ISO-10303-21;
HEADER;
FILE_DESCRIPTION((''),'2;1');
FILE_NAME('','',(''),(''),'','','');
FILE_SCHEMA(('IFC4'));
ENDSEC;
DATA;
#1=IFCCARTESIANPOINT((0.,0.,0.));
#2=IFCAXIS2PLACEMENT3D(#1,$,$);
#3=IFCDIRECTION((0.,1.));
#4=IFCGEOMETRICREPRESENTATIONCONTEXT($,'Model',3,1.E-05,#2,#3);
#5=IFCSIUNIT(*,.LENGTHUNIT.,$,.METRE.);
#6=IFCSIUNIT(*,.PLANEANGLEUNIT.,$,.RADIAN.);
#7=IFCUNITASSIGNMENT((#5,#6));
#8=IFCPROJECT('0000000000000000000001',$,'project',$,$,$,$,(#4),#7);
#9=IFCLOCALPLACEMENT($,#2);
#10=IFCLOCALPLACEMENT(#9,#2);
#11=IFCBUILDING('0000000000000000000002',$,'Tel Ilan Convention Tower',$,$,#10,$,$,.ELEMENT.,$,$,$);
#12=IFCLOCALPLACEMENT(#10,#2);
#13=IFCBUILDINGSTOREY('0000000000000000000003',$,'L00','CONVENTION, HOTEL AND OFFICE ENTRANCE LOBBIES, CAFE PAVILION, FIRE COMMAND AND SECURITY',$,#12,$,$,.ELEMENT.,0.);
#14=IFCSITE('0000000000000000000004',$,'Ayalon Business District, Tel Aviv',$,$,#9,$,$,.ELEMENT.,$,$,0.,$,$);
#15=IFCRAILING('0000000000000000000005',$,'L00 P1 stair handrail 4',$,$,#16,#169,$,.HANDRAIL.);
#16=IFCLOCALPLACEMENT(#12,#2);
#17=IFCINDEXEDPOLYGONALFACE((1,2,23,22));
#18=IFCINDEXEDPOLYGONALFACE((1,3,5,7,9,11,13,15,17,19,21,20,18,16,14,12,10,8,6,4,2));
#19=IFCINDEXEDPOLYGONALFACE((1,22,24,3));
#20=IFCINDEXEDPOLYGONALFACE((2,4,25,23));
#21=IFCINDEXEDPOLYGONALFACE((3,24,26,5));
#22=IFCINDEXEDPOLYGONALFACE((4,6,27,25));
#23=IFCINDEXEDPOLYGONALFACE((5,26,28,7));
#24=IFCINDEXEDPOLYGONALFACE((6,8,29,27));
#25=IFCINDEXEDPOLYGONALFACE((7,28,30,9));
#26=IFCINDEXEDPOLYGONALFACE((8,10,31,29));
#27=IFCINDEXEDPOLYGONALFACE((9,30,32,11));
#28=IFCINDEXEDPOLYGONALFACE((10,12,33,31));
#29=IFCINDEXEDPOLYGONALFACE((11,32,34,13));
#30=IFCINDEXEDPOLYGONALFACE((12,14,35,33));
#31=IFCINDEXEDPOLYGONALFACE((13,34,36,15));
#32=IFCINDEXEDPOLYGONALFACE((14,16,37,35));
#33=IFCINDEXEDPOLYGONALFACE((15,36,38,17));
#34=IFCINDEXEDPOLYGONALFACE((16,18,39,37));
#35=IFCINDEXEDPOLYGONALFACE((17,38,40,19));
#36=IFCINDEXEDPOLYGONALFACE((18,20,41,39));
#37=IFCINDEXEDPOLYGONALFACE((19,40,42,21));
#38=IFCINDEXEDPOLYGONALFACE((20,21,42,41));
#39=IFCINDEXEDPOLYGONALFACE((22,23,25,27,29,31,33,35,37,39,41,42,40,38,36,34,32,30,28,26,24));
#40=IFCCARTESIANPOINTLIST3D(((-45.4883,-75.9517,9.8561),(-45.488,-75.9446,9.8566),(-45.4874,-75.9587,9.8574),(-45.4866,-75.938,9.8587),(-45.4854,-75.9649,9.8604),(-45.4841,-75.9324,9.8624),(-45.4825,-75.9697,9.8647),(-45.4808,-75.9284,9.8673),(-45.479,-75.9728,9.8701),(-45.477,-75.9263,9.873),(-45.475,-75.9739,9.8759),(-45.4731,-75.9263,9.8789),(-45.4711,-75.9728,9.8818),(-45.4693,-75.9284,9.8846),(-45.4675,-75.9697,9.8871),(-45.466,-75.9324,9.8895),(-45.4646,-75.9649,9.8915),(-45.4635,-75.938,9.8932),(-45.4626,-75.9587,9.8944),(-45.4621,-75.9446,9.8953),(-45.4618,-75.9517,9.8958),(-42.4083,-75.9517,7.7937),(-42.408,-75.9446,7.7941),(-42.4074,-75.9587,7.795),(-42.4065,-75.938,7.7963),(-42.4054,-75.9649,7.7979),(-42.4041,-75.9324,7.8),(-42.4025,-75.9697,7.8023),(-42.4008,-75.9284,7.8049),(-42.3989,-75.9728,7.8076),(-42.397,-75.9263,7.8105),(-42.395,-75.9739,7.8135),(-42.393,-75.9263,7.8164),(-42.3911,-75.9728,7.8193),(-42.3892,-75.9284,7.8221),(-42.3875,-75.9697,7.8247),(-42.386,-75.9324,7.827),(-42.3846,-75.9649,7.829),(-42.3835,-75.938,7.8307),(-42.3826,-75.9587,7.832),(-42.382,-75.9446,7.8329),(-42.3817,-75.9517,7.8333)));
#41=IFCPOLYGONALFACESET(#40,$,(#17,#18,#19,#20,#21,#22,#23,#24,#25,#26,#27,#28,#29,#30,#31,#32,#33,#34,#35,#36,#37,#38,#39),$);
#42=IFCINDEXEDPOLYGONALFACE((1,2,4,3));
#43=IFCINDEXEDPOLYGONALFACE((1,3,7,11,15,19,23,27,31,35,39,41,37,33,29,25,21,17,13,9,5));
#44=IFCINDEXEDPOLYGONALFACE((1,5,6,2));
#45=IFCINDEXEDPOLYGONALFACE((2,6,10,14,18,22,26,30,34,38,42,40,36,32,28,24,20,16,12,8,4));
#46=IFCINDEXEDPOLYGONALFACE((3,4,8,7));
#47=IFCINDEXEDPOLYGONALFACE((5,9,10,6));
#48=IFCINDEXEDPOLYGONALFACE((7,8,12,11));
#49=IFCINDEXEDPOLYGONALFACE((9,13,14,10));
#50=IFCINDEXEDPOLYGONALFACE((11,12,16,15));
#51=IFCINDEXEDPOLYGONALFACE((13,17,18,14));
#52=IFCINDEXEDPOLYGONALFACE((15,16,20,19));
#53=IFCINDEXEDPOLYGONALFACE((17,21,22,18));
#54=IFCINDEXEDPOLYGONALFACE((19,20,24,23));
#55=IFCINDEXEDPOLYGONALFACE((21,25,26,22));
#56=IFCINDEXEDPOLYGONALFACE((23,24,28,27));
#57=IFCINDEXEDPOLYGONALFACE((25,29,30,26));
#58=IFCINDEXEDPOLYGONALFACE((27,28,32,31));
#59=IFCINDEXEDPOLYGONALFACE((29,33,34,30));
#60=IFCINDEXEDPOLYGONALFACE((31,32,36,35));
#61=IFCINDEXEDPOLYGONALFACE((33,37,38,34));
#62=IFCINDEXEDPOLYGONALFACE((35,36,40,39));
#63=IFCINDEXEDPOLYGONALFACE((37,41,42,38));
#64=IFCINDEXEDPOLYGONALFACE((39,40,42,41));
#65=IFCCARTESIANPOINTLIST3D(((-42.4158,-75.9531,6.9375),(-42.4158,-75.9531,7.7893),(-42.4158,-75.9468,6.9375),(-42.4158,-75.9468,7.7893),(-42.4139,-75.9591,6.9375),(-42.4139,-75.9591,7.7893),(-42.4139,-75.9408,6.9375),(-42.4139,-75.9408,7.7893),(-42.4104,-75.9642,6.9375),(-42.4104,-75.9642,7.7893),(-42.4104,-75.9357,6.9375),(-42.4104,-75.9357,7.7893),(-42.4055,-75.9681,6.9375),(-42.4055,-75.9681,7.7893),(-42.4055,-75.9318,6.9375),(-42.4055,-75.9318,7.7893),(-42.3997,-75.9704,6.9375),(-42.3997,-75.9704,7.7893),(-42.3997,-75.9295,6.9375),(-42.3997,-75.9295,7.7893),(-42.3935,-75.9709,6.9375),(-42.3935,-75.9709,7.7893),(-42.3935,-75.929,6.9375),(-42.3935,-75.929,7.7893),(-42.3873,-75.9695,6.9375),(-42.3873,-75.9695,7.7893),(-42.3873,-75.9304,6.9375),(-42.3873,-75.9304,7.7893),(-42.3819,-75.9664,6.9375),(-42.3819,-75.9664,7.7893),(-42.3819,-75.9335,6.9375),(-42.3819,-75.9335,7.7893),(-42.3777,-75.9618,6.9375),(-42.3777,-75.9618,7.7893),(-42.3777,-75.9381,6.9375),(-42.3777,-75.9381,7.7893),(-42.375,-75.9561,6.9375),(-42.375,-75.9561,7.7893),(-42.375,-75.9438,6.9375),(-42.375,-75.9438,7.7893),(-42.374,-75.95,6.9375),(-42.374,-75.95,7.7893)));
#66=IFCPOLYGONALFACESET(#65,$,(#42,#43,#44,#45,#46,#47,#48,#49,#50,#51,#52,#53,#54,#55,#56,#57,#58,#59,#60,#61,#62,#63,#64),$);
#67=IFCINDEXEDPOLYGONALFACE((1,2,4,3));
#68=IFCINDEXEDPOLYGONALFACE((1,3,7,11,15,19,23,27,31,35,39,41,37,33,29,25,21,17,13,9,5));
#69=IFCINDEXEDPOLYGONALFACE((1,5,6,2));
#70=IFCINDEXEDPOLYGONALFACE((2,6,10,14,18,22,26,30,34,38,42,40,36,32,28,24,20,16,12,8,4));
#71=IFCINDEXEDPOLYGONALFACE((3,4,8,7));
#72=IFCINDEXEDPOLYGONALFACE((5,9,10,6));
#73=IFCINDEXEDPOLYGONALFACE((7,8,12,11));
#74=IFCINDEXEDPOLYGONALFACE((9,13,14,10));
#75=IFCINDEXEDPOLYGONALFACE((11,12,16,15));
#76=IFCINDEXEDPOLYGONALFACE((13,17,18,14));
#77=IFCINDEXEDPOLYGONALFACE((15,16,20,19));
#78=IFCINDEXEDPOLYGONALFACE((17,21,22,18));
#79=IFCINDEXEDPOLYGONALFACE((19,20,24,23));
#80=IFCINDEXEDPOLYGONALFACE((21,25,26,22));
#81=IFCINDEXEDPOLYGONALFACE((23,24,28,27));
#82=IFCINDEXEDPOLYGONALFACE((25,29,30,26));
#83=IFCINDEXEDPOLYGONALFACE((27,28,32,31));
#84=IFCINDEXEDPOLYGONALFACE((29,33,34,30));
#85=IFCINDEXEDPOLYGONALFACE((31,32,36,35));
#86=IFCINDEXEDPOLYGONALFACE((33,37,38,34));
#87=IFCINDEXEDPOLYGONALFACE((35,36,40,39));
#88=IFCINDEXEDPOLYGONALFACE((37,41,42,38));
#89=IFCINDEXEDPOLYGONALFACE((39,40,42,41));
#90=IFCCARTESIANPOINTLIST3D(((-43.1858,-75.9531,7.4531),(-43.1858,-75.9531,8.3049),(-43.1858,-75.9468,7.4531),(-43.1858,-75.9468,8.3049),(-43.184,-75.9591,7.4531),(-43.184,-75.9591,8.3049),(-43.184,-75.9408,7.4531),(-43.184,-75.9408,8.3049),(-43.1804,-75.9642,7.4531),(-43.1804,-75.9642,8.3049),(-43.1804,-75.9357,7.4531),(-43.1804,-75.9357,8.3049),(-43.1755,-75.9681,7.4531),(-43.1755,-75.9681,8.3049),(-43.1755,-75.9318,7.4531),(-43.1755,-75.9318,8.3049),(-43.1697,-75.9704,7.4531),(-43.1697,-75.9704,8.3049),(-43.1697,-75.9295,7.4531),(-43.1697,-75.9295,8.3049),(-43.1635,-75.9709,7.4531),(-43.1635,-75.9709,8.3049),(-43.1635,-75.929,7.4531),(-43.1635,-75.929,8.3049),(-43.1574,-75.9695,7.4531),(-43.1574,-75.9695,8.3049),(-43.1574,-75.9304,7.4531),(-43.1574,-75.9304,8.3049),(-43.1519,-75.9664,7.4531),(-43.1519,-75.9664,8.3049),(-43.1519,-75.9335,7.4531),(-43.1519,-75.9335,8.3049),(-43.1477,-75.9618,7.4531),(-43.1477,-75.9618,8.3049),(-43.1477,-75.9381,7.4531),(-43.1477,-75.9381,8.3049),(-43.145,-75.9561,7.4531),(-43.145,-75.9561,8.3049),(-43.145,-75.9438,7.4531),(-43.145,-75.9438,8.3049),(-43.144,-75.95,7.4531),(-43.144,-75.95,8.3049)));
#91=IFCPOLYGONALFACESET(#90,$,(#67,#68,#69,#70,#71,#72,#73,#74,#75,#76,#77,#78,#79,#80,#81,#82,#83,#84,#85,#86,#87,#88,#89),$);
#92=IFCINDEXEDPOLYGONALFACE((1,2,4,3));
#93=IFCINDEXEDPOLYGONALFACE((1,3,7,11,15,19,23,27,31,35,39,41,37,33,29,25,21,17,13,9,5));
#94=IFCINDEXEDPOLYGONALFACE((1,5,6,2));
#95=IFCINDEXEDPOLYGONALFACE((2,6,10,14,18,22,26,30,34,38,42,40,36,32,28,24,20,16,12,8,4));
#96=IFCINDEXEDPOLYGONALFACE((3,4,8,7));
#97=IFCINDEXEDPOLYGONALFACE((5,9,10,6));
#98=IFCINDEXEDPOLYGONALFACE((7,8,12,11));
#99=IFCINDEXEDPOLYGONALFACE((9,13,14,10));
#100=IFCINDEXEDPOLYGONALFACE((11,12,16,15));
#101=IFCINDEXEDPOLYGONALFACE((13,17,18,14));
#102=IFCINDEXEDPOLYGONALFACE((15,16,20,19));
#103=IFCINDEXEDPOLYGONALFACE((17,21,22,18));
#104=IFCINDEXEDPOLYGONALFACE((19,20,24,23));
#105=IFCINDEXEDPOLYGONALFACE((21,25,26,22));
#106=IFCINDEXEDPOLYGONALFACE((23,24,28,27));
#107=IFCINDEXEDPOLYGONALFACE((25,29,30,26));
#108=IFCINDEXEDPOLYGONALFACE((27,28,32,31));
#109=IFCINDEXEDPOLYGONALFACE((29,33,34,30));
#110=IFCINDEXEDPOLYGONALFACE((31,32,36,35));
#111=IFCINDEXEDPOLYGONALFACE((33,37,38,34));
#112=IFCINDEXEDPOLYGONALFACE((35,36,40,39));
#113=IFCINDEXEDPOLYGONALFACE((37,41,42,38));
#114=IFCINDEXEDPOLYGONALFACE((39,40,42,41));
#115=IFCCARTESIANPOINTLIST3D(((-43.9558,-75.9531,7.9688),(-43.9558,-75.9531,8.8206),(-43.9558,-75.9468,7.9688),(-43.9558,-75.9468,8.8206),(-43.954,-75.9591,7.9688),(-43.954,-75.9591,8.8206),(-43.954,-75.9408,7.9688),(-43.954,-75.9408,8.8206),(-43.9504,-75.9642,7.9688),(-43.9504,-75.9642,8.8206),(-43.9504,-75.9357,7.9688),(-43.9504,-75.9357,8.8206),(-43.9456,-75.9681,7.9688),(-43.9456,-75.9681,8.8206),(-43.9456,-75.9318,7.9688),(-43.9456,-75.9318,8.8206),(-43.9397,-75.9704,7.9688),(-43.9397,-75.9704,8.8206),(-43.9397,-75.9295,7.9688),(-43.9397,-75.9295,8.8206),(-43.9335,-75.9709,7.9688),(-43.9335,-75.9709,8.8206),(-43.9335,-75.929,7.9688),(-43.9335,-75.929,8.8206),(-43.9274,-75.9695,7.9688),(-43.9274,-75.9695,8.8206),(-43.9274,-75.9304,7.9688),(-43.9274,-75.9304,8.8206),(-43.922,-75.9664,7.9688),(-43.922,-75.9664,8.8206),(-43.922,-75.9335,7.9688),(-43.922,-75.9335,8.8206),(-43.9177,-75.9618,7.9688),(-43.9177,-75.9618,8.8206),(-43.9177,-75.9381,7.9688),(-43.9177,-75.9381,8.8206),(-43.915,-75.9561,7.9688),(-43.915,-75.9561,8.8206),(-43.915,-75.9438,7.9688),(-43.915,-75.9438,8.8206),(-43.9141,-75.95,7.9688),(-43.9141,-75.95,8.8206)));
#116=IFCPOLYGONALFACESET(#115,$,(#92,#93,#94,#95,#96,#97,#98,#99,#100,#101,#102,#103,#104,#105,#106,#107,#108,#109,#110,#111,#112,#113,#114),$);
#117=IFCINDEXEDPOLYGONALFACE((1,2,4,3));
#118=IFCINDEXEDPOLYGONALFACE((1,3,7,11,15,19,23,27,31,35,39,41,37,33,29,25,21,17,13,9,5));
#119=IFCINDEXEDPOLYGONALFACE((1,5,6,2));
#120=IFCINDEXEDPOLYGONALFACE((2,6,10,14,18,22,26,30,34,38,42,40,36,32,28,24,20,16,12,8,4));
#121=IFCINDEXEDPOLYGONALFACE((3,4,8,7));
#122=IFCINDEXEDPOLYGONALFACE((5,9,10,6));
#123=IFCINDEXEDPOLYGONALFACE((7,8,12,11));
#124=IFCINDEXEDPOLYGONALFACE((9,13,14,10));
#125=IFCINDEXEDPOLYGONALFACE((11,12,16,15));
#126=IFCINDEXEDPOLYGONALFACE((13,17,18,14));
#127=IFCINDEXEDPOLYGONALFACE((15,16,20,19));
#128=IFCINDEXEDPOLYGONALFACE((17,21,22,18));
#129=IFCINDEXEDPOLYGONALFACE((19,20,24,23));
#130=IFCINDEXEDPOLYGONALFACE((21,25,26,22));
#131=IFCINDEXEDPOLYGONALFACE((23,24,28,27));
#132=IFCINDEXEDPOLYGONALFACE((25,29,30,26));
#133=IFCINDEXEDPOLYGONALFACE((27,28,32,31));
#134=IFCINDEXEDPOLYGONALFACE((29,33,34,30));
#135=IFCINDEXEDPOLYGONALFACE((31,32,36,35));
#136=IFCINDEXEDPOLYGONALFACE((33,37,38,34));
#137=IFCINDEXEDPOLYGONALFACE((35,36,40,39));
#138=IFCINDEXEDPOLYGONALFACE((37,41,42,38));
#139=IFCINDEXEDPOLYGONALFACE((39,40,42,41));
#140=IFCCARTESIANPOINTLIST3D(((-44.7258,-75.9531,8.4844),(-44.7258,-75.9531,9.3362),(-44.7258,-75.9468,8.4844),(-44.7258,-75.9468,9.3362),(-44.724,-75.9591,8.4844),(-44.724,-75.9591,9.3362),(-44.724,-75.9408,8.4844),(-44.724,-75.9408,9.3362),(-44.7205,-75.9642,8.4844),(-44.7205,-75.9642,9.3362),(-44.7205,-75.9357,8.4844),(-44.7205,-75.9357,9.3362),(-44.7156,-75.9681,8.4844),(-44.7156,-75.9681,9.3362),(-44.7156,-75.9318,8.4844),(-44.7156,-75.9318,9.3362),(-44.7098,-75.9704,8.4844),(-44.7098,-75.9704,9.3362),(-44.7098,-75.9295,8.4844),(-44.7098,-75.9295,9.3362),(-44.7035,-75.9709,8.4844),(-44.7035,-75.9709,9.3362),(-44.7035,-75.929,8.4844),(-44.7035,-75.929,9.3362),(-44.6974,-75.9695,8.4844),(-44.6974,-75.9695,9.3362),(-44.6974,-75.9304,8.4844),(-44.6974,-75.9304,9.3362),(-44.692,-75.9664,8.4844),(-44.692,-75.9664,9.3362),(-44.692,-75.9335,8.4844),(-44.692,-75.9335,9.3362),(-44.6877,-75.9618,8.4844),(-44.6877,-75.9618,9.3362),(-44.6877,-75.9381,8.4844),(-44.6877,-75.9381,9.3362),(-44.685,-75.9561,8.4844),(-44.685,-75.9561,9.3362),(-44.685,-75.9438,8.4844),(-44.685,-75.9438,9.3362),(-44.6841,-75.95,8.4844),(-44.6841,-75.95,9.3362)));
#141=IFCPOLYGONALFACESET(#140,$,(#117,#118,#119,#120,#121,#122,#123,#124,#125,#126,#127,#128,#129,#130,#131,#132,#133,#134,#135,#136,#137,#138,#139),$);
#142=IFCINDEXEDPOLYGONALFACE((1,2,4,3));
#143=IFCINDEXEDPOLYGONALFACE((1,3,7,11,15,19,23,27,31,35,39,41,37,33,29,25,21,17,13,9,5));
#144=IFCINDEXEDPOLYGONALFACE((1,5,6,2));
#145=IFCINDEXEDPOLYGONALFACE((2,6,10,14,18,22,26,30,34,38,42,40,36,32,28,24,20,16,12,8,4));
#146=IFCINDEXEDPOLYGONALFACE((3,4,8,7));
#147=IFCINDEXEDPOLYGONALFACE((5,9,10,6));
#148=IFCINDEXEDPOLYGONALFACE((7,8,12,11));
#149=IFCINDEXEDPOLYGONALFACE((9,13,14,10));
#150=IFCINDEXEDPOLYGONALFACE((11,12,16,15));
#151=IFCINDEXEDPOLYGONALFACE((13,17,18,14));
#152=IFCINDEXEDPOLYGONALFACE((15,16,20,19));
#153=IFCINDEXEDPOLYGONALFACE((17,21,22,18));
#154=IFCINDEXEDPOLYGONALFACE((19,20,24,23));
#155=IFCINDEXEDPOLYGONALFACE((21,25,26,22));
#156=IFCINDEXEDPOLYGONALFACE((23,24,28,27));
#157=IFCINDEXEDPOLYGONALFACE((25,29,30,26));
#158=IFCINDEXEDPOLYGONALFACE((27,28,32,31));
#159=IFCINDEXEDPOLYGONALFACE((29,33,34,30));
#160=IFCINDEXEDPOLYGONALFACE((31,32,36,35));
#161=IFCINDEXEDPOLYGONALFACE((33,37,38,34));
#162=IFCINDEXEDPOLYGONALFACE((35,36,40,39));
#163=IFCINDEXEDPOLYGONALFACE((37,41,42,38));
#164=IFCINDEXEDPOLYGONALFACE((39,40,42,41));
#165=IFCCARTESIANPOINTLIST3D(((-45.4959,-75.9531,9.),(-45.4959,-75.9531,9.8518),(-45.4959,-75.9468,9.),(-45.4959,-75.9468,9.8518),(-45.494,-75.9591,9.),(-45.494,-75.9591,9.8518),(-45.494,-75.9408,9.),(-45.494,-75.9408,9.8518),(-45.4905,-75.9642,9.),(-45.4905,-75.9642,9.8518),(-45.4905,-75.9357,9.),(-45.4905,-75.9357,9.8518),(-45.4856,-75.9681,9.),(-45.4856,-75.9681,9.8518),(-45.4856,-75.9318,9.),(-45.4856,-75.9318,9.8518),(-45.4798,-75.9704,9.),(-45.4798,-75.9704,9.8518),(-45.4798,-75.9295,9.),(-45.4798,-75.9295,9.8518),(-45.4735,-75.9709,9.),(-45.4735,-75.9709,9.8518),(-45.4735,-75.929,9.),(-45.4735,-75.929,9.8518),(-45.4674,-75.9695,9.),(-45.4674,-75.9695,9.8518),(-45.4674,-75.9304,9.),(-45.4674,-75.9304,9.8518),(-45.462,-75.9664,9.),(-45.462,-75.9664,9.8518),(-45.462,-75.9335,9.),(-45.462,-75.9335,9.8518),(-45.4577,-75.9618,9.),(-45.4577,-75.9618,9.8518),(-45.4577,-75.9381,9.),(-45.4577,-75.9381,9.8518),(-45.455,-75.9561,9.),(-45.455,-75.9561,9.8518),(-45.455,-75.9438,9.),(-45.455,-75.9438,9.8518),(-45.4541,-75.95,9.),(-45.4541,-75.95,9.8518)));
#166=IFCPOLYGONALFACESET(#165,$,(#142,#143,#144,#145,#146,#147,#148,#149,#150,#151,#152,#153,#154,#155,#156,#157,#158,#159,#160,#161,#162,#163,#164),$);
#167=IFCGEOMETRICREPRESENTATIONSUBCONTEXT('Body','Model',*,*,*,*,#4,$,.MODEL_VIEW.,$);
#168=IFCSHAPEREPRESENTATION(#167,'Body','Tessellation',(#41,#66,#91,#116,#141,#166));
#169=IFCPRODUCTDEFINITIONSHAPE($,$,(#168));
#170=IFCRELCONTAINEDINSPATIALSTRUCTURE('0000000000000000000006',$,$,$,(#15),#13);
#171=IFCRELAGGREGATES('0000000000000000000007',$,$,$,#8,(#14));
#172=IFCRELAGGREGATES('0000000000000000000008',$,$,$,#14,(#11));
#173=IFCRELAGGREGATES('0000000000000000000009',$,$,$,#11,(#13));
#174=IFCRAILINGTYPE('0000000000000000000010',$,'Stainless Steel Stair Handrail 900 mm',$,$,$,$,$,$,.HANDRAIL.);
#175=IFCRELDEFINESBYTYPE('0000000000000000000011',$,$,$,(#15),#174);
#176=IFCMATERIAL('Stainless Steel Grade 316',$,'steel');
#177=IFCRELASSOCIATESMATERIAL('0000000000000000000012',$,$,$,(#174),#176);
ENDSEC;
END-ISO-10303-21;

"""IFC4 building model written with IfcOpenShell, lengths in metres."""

from ifc_helpers import new_model, si_unit, direction, frame, origin, origin_2d, place, context, subcontext, project, spatial, circle, extrude, material, type_object, element, save


model = new_model("IFC4")

# Units and contexts
model_context = context("Model", 3, precision=1e-05, world=origin(), true_north=direction((0.0, 1.0)))
body_context = subcontext(model_context, "Body", "Model", "MODEL_VIEW")
ifc_project = project(units=[si_unit("LENGTHUNIT", "METRE"), si_unit("PLANEANGLEUNIT", "RADIAN")], contexts=[model_context])

# Site, building, storey
site_placement = place(None, origin())
site = spatial("IfcSite", under=ifc_project, at=site_placement, Name="Ayalon Business District, Tel Aviv", CompositionType="ELEMENT", RefElevation=0.0)
building_placement = place(site_placement, origin())
building = spatial("IfcBuilding", under=site, at=building_placement, Name="Tel Ilan Convention Tower", CompositionType="ELEMENT")
storey_placement = place(building_placement, origin())
storey = spatial("IfcBuildingStorey", under=building, at=storey_placement, Name="L00", Description="CONVENTION, HOTEL AND OFFICE ENTRANCE LOBBIES, CAFE PAVILION, FIRE COMMAND AND SECURITY", CompositionType="ELEMENT", Elevation=0.0)

# Railing
ifc_material_1 = material(Name="Stainless Steel Grade 316", Category="steel")
railing_type_1 = type_object("IfcRailingType", Name="Stainless Steel Stair Handrail 900 mm", PredefinedType="HANDRAIL", material=ifc_material_1)
for number, where, name in (
    (1, (-42.395, -75.95, 6.9375), "L00 P1 stair handrail 4"),
):
    element("IfcRailing", number, at=place(storey_placement, frame(where)), inside=storey, type_object=railing_type_1, Name=name, PredefinedType="HANDRAIL", context=body_context, shape_type="SweptSolid", body=[
        extrude(circle(Radius=0.0239, at=origin_2d()), frame((0.0, 0.0, 0.876), z_axis=(-0.830914, 0.0, 0.556401), x_axis=(0.0, -1.0, 0.0)), (0.0, 0.0, 1.0), 3.7068),
        extrude(circle(Radius=0.021, at=origin_2d()), origin(), (0.0, 0.0, 1.0), 0.8518),
        extrude(circle(Radius=0.021, at=origin_2d()), frame((-0.77, 0.0, 0.5156)), (0.0, 0.0, 1.0), 0.8518),
        extrude(circle(Radius=0.021, at=origin_2d()), frame((-1.54, 0.0, 1.0312)), (0.0, 0.0, 1.0), 0.8518),
        extrude(circle(Radius=0.021, at=origin_2d()), frame((-2.3101, 0.0, 1.5469)), (0.0, 0.0, 1.0), 0.8518),
        extrude(circle(Radius=0.021, at=origin_2d()), frame((-3.0801, 0.0, 2.0625)), (0.0, 0.0, 1.0), 0.8518),
    ])

save(model, "model.ifc")
